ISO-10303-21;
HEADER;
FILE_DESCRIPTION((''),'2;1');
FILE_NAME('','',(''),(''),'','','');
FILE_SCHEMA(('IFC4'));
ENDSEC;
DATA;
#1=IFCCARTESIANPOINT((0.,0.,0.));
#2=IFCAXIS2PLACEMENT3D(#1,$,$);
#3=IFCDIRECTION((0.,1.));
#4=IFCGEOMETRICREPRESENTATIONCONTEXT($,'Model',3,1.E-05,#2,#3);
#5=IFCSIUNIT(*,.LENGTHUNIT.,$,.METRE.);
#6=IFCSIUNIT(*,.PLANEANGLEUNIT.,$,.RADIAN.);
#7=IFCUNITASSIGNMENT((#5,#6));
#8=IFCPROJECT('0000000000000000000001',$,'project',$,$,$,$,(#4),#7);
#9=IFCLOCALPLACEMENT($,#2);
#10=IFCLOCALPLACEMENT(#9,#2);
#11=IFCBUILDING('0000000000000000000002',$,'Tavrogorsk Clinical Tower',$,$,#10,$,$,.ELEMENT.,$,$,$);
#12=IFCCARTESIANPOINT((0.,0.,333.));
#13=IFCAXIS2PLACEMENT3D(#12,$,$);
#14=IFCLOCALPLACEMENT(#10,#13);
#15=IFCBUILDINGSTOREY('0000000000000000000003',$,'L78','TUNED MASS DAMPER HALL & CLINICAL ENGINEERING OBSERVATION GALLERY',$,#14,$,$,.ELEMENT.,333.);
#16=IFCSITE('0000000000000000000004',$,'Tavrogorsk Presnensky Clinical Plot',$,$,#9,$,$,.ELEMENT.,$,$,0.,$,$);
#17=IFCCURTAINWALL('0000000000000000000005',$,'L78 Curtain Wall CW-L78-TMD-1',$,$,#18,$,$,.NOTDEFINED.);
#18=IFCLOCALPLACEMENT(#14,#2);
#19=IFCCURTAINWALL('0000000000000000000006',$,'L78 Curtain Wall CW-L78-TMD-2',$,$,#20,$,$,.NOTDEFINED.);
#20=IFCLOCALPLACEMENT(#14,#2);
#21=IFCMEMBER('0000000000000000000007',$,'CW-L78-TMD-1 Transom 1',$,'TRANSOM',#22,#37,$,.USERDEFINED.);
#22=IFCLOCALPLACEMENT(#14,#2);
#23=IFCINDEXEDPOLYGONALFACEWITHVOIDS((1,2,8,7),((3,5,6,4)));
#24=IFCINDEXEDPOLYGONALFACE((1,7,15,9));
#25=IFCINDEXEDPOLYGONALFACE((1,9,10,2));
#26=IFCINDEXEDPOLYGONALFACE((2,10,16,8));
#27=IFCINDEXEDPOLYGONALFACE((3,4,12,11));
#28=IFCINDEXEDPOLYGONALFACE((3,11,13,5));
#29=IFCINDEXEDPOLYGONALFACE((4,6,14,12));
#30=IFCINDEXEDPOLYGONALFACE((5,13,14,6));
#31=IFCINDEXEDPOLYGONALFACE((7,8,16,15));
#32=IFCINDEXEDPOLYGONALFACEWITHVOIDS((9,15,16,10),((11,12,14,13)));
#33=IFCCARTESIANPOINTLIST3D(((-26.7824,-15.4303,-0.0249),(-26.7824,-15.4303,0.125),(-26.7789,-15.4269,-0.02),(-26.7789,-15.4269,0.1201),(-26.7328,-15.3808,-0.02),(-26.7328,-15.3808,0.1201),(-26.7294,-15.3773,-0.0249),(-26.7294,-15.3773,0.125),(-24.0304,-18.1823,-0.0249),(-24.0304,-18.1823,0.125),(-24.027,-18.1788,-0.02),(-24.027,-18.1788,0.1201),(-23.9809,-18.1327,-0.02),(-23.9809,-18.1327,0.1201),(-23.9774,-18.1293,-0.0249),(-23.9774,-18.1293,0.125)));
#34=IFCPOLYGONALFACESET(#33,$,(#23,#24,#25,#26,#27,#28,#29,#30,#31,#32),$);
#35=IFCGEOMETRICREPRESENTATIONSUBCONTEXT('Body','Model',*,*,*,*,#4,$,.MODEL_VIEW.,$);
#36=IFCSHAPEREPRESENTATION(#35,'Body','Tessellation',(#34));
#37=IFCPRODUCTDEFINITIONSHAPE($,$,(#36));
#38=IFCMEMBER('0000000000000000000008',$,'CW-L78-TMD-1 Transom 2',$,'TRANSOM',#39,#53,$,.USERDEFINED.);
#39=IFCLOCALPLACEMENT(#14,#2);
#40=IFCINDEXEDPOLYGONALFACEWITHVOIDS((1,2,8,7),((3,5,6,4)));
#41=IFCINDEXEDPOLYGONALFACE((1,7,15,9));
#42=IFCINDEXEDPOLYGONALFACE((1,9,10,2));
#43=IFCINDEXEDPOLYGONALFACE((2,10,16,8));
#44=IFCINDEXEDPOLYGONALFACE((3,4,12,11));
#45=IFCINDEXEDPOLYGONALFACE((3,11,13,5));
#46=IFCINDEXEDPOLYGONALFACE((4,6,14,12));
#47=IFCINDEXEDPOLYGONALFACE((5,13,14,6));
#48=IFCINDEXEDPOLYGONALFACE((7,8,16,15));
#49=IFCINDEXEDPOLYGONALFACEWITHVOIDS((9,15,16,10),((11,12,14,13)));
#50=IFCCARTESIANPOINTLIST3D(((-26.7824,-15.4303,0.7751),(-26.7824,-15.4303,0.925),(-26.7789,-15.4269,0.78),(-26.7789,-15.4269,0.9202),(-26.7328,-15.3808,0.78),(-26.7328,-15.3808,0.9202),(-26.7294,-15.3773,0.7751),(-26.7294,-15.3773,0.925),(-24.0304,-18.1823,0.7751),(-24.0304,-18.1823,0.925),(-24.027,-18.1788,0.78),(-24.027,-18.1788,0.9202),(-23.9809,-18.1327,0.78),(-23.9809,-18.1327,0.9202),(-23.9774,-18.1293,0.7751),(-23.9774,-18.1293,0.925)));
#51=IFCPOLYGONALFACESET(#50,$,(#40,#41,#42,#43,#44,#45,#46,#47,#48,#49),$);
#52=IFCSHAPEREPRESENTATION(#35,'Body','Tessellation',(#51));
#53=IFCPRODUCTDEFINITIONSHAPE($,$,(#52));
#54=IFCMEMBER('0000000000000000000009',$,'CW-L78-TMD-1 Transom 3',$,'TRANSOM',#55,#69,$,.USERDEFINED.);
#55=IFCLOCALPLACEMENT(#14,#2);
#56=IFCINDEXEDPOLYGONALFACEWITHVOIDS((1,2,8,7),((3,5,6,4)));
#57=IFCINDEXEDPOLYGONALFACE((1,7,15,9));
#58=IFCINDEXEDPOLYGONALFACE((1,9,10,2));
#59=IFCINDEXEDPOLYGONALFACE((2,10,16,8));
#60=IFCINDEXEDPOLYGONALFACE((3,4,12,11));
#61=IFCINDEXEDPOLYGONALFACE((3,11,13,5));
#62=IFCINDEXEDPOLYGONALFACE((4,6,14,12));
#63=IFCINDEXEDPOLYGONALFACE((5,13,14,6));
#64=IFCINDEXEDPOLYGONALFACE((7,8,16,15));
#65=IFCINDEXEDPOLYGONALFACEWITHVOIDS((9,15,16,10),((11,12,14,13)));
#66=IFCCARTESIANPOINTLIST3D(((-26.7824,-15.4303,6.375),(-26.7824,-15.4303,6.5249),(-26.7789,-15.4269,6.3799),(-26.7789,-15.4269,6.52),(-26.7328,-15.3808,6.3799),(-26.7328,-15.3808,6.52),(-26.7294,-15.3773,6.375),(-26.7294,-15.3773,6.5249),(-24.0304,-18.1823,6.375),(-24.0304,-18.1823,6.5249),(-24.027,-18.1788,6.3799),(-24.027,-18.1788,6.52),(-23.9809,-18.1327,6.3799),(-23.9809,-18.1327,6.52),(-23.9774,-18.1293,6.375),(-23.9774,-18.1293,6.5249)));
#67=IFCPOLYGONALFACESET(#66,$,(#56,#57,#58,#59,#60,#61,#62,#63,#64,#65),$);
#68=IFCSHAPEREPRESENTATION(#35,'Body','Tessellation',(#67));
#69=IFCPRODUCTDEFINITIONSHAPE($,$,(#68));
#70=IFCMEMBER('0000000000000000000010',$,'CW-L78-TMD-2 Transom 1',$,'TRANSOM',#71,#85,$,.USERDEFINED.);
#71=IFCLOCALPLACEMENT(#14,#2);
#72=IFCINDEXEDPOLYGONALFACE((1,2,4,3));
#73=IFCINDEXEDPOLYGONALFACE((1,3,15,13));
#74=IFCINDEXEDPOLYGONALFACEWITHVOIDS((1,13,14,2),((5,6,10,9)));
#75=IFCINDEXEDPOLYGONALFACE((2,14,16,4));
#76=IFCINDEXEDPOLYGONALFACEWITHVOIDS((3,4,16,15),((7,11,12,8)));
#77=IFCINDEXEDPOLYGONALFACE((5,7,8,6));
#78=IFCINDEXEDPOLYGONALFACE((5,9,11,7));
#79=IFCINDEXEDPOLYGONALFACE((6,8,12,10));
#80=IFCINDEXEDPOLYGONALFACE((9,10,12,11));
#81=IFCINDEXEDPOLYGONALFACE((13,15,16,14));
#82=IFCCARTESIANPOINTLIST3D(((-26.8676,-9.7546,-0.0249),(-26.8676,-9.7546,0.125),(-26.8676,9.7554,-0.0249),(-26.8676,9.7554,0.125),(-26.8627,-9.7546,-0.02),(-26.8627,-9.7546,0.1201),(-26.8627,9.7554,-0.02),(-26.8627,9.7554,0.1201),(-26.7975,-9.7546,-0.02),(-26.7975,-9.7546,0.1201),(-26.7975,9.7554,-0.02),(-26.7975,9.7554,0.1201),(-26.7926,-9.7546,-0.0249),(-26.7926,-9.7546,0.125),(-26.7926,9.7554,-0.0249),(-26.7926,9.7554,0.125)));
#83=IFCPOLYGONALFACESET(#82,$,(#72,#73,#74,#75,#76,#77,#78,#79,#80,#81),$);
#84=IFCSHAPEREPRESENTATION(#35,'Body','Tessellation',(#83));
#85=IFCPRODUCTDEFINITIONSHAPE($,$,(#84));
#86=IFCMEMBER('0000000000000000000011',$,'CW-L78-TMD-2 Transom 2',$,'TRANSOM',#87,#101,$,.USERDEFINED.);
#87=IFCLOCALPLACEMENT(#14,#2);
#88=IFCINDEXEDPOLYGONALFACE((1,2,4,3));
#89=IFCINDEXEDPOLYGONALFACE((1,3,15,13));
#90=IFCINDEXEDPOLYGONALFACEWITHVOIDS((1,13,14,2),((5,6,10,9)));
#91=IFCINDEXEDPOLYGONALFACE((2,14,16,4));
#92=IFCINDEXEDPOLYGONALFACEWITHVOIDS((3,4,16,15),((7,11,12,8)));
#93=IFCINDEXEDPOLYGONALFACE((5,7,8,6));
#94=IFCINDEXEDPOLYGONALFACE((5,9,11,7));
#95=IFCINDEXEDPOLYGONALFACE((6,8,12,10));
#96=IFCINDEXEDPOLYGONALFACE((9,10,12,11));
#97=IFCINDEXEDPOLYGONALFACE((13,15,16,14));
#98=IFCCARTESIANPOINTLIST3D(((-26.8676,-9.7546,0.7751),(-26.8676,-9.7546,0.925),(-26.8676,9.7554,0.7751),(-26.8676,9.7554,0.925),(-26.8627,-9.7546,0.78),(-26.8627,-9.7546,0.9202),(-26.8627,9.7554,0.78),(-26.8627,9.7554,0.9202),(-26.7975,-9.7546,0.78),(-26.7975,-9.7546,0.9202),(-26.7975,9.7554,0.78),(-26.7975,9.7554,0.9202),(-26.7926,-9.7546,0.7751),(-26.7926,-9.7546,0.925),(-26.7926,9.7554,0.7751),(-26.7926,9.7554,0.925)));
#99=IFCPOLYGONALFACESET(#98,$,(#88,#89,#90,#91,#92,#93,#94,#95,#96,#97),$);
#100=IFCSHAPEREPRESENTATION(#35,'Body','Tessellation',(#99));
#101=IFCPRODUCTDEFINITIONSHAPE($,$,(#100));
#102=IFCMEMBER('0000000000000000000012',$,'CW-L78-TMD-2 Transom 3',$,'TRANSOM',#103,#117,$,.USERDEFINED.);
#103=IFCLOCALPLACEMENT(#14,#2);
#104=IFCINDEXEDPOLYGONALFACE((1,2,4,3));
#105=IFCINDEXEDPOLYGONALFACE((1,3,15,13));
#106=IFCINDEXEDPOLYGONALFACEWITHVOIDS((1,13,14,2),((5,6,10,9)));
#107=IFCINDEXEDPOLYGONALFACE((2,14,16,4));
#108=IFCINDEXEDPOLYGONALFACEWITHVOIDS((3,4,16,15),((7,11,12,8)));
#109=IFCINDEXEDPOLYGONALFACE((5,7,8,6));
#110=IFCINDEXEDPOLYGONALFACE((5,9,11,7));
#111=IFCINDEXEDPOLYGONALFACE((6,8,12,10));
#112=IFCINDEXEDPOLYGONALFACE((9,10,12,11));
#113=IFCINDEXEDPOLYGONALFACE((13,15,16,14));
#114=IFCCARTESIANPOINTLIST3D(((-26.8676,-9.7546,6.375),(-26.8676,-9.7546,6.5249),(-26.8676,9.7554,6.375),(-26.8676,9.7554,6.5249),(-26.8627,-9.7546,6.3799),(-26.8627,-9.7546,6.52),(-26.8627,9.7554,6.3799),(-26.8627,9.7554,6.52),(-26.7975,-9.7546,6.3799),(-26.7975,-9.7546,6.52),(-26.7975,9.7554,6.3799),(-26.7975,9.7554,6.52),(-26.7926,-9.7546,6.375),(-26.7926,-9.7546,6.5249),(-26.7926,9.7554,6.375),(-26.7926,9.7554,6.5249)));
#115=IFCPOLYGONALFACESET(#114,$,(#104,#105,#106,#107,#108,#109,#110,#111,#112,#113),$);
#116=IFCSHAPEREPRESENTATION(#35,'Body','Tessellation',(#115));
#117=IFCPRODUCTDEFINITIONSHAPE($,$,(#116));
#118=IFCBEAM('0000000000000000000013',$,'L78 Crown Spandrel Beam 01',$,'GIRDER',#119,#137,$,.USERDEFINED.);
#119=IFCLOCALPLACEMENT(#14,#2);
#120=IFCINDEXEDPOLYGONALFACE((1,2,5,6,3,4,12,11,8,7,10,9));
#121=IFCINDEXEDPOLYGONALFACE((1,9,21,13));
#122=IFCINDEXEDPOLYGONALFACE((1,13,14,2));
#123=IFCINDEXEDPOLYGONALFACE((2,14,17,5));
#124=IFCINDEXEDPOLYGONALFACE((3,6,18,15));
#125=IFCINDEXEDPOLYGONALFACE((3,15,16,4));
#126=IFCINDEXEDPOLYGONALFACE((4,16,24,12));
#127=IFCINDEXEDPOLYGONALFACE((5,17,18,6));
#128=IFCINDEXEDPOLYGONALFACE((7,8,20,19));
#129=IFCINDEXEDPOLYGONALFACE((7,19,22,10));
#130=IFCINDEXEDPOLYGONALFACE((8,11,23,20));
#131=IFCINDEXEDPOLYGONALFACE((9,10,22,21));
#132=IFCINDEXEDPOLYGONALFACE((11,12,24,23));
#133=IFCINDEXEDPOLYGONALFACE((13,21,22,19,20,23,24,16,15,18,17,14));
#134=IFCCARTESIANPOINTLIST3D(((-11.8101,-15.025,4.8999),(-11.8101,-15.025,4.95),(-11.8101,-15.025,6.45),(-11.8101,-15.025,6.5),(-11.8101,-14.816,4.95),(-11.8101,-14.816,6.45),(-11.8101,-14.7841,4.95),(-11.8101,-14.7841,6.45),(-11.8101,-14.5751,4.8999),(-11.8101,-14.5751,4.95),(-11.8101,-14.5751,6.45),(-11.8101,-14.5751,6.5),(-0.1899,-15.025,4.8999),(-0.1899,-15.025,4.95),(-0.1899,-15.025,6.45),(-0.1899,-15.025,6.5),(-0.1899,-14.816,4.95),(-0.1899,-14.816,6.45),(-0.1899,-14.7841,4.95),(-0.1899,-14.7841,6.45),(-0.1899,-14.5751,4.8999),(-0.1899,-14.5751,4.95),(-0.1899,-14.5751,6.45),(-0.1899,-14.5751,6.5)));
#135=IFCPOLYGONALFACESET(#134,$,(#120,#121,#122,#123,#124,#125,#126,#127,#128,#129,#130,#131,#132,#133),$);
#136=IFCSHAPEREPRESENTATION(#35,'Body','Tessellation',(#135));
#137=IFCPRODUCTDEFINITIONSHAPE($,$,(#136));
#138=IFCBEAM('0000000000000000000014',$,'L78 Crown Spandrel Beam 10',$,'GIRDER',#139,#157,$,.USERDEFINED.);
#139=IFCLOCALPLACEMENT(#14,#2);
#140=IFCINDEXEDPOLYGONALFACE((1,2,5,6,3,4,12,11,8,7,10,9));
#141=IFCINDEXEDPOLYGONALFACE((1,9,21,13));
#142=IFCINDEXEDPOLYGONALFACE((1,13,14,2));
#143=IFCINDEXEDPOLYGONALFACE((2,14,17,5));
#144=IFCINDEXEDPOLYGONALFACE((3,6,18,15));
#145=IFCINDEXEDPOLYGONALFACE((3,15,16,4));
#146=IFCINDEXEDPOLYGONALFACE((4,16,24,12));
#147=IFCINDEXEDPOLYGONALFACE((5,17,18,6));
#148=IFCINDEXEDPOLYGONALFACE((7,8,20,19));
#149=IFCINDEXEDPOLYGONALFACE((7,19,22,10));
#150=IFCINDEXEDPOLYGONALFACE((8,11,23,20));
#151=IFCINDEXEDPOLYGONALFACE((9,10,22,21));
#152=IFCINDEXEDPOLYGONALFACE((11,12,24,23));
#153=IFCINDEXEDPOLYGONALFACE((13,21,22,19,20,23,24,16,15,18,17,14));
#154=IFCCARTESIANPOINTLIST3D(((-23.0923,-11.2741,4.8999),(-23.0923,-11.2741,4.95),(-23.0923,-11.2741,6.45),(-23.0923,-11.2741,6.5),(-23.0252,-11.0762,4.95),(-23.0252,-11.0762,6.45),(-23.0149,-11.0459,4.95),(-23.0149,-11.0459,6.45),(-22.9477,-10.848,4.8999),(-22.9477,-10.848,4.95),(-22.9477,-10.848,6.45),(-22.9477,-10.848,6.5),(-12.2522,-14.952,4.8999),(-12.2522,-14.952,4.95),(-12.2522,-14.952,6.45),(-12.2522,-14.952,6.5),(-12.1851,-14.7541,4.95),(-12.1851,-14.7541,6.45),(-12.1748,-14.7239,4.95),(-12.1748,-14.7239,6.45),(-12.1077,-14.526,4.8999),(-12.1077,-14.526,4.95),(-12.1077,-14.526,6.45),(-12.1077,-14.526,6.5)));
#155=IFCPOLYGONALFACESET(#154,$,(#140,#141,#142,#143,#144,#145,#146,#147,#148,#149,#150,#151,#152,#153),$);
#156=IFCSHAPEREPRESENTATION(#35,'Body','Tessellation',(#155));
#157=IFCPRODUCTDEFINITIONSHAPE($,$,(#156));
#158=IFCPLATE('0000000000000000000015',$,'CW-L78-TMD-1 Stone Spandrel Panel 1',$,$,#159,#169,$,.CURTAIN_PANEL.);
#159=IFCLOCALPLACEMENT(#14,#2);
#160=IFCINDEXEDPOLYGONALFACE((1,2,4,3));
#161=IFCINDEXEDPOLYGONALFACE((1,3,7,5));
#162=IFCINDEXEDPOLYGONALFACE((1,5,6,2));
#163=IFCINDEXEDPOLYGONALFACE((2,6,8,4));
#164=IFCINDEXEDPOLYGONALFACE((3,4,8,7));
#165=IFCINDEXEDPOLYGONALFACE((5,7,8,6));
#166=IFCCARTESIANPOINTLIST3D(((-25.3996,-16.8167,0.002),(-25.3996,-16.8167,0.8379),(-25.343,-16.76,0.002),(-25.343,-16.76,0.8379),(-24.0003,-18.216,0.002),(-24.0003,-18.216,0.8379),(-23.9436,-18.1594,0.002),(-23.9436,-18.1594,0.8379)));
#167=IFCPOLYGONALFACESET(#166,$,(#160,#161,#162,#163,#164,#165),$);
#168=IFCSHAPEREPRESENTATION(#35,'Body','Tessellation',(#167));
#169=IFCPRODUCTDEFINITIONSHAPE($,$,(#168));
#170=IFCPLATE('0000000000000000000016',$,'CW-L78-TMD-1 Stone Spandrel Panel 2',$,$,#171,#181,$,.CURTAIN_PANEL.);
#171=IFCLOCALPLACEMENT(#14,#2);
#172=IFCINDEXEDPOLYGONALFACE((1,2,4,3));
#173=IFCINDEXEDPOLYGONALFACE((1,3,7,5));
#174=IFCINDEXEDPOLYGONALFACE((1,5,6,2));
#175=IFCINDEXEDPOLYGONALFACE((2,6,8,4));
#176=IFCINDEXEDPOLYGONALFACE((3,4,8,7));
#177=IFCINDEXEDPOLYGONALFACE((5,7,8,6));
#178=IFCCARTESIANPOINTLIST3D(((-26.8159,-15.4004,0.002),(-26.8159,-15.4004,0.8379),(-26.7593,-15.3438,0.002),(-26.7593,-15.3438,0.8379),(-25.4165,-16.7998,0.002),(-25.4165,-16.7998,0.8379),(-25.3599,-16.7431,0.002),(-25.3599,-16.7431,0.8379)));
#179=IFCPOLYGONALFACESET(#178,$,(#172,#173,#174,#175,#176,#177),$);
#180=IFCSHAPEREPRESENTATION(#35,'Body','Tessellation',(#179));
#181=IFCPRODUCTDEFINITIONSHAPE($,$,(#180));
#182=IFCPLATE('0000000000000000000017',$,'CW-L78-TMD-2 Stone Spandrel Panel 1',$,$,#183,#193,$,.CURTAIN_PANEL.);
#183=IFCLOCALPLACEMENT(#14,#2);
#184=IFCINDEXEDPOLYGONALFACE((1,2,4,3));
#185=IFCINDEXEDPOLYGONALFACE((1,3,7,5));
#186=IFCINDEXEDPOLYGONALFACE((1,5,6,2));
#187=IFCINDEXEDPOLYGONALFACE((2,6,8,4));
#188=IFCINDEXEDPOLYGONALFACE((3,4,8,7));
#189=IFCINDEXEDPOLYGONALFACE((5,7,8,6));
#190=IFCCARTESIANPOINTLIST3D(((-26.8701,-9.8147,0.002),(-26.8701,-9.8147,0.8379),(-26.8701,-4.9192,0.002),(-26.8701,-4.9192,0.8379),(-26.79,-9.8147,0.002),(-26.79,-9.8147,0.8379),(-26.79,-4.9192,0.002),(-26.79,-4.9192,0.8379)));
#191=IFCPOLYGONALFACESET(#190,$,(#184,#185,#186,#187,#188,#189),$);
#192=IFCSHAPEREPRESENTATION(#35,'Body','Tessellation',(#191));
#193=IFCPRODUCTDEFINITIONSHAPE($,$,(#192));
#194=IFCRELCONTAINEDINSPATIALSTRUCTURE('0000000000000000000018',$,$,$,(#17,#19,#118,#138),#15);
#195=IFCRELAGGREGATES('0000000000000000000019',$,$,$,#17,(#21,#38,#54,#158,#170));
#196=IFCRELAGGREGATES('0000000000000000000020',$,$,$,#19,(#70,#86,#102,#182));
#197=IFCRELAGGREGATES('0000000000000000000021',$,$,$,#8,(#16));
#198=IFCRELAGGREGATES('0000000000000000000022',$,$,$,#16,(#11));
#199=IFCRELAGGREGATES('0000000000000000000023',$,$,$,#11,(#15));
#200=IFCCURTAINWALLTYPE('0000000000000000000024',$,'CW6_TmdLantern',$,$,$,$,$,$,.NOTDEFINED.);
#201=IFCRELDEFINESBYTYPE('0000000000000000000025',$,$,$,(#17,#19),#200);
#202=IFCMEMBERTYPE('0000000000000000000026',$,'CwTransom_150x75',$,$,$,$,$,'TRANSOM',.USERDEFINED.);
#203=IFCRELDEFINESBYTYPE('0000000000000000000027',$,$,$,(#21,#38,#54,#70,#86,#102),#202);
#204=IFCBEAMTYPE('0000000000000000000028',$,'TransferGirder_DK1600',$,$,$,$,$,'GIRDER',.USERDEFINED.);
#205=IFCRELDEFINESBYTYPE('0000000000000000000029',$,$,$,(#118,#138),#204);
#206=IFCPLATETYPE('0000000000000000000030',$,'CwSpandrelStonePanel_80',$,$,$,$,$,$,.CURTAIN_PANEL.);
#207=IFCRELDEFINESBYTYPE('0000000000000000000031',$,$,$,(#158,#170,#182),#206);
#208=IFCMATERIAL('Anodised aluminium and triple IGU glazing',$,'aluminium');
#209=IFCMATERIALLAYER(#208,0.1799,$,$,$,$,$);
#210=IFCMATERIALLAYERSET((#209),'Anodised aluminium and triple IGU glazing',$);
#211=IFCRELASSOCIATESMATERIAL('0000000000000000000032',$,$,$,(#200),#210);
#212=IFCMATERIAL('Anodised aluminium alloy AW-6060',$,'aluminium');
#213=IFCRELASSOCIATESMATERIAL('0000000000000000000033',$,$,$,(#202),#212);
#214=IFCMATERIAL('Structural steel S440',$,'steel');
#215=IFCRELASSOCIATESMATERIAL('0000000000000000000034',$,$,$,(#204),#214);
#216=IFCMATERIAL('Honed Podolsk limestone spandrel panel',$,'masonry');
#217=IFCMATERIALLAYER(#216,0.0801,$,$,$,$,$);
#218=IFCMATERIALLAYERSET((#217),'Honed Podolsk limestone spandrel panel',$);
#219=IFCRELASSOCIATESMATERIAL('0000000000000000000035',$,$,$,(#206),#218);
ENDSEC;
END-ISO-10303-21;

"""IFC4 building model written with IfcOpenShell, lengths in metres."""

from ifc_helpers import new_model, si_unit, direction, frame, origin, origin_2d, place, context, subcontext, project, spatial, rectangle, hollow_rectangle, i_section, extrude, material, layer, layer_set, material_profile, profile_set, type_object, element, aggregate, save


model = new_model("IFC4")

# Units and contexts
model_context = context("Model", 3, precision=1e-05, world=origin(), true_north=direction((0.0, 1.0)))
body_context = subcontext(model_context, "Body", "Model", "MODEL_VIEW")
ifc_project = project(units=[si_unit("LENGTHUNIT", "METRE"), si_unit("PLANEANGLEUNIT", "RADIAN")], contexts=[model_context])

# Site, building, storey
site_placement = place(None, origin())
site = spatial("IfcSite", under=ifc_project, at=site_placement, Name="Tavrogorsk Presnensky Clinical Plot", CompositionType="ELEMENT", RefElevation=0.0)
building_placement = place(site_placement, origin())
building = spatial("IfcBuilding", under=site, at=building_placement, Name="Tavrogorsk Clinical Tower", CompositionType="ELEMENT")
storey_placement = place(building_placement, frame((0.0, 0.0, 333.0)))
storey = spatial("IfcBuildingStorey", under=building, at=storey_placement, Name="L78", Description="TUNED MASS DAMPER HALL & CLINICAL ENGINEERING OBSERVATION GALLERY", CompositionType="ELEMENT", Elevation=333.0)

# Curtain wall
ifc_material_1 = material(Name="Anodised aluminium and triple IGU glazing", Category="aluminium")
ifc_layer_1 = layer(ifc_material_1, 0.1799)
ifc_layer_set_1 = layer_set([ifc_layer_1], Name="Anodised aluminium and triple IGU glazing")
curtain_wall_type = type_object("IfcCurtainWallType", Name="CW6_TmdLantern", PredefinedType="NOTDEFINED", material=ifc_layer_set_1)
curtain_wall_1_placement = place(storey_placement, origin())
curtain_wall_1 = element("IfcCurtainWall", 1, at=curtain_wall_1_placement, inside=storey, type_object=curtain_wall_type, Name="L78 Curtain Wall CW-L78-TMD-1", PredefinedType="NOTDEFINED")

# Curtain wall
curtain_wall_2_placement = place(storey_placement, origin())
curtain_wall_2 = element("IfcCurtainWall", 2, at=curtain_wall_2_placement, inside=storey, type_object=curtain_wall_type, Name="L78 Curtain Wall CW-L78-TMD-2", PredefinedType="NOTDEFINED")

# Members
ifc_material_2 = material(Name="Anodised aluminium alloy AW-6060", Category="aluminium")
ifc_material_profile_1 = material_profile(ifc_material_2, hollow_rectangle(XDim=0.075, YDim=0.1499, WallThickness=0.0049, at=origin_2d()), Name="RHS-150x75x5")
ifc_profile_set_1 = profile_set([ifc_material_profile_1], Name="Anodised aluminium alloy AW-6060")
member_type_1 = type_object("IfcMemberType", Name="CwTransom_150x75", ElementType="TRANSOM", PredefinedType="USERDEFINED", material=ifc_profile_set_1)
member_1_placement = place(storey_placement, frame((-24.0039, -18.1558, 0.05), z_axis=(-0.707107, 0.707107, 0.0), x_axis=(-0.707107, -0.707107, 0.0)))
member_1 = element("IfcMember", 3, at=member_1_placement, type_object=member_type_1, Name="CW-L78-TMD-1 Transom 1", ObjectType="TRANSOM", PredefinedType="USERDEFINED", context=body_context, shape_type="SweptSolid", body=[
    extrude(hollow_rectangle(XDim=0.075, YDim=0.1499, WallThickness=0.0049, at=origin_2d()), origin(), (0.0, 0.0, 1.0), 3.8918),
])
member_2_placement = place(storey_placement, frame((-24.0039, -18.1558, 0.8501), z_axis=(-0.707107, 0.707107, 0.0), x_axis=(-0.707107, -0.707107, 0.0)))
member_2 = element("IfcMember", 4, at=member_2_placement, type_object=member_type_1, Name="CW-L78-TMD-1 Transom 2", ObjectType="TRANSOM", PredefinedType="USERDEFINED", context=body_context, shape_type="SweptSolid", body=[
    extrude(hollow_rectangle(XDim=0.075, YDim=0.1499, WallThickness=0.0049, at=origin_2d()), origin(), (0.0, 0.0, 1.0), 3.8918),
])
member_3_placement = place(storey_placement, frame((-24.0039, -18.1558, 6.45), z_axis=(-0.707107, 0.707107, 0.0), x_axis=(-0.707107, -0.707107, 0.0)))
member_3 = element("IfcMember", 5, at=member_3_placement, type_object=member_type_1, Name="CW-L78-TMD-1 Transom 3", ObjectType="TRANSOM", PredefinedType="USERDEFINED", context=body_context, shape_type="SweptSolid", body=[
    extrude(hollow_rectangle(XDim=0.075, YDim=0.1499, WallThickness=0.0049, at=origin_2d()), origin(), (0.0, 0.0, 1.0), 3.8918),
])
member_4_placement = place(storey_placement, frame((-26.8301, -9.7546, 0.05), z_axis=(0.0, 1.0, 0.0), x_axis=(-1.0, 0.0, 0.0)))
member_4 = element("IfcMember", 6, at=member_4_placement, type_object=member_type_1, Name="CW-L78-TMD-2 Transom 1", ObjectType="TRANSOM", PredefinedType="USERDEFINED", context=body_context, shape_type="SweptSolid", body=[
    extrude(hollow_rectangle(XDim=0.075, YDim=0.1499, WallThickness=0.0049, at=origin_2d()), origin(), (0.0, 0.0, 1.0), 19.51),
])
member_5_placement = place(storey_placement, frame((-26.8301, -9.7546, 0.8501), z_axis=(0.0, 1.0, 0.0), x_axis=(-1.0, 0.0, 0.0)))
member_5 = element("IfcMember", 7, at=member_5_placement, type_object=member_type_1, Name="CW-L78-TMD-2 Transom 2", ObjectType="TRANSOM", PredefinedType="USERDEFINED", context=body_context, shape_type="SweptSolid", body=[
    extrude(hollow_rectangle(XDim=0.075, YDim=0.1499, WallThickness=0.0049, at=origin_2d()), origin(), (0.0, 0.0, 1.0), 19.51),
])
member_6_placement = place(storey_placement, frame((-26.8301, -9.7546, 6.45), z_axis=(0.0, 1.0, 0.0), x_axis=(-1.0, 0.0, 0.0)))
member_6 = element("IfcMember", 8, at=member_6_placement, type_object=member_type_1, Name="CW-L78-TMD-2 Transom 3", ObjectType="TRANSOM", PredefinedType="USERDEFINED", context=body_context, shape_type="SweptSolid", body=[
    extrude(hollow_rectangle(XDim=0.075, YDim=0.1499, WallThickness=0.0049, at=origin_2d()), origin(), (0.0, 0.0, 1.0), 19.51),
])

# Beams
ifc_material_3 = material(Name="Structural steel S440", Category="steel")
ifc_material_profile_2 = material_profile(ifc_material_3, i_section(OverallWidth=0.45, OverallDepth=1.6001, WebThickness=0.032, FlangeThickness=0.05, at=origin_2d()), Name="DK-1600x450x32x50")
ifc_profile_set_2 = profile_set([ifc_material_profile_2], Name="Structural steel S440")
beam_type = type_object("IfcBeamType", Name="TransferGirder_DK1600", ElementType="GIRDER", PredefinedType="USERDEFINED", material=ifc_profile_set_2)
beam_1_placement = place(storey_placement, frame((-11.8101, -14.8, 5.7), z_axis=(1.0, 0.0, 0.0), x_axis=(0.0, 1.0, 0.0)))
element("IfcBeam", 9, at=beam_1_placement, inside=storey, type_object=beam_type, Name="L78 Crown Spandrel Beam 01", ObjectType="GIRDER", PredefinedType="USERDEFINED", context=body_context, shape_type="SweptSolid", body=[
    extrude(i_section(OverallWidth=0.45, OverallDepth=1.6001, WebThickness=0.032, FlangeThickness=0.05, at=origin_2d()), origin(), (0.0, 0.0, 1.0), 11.6201),
])
beam_2_placement = place(storey_placement, frame((-23.02, -11.061, 5.7), z_axis=(0.946976, -0.321304, 0.0), x_axis=(0.321304, 0.946976, 0.0)))
element("IfcBeam", 10, at=beam_2_placement, inside=storey, type_object=beam_type, Name="L78 Crown Spandrel Beam 10", ObjectType="GIRDER", PredefinedType="USERDEFINED", context=body_context, shape_type="SweptSolid", body=[
    extrude(i_section(OverallWidth=0.45, OverallDepth=1.6001, WebThickness=0.032, FlangeThickness=0.05, at=origin_2d()), origin(), (0.0, 0.0, 1.0), 11.447),
])

# Plates
ifc_material_4 = material(Name="Honed Podolsk limestone spandrel panel", Category="masonry")
ifc_layer_2 = layer(ifc_material_4, 0.0801)
ifc_layer_set_2 = layer_set([ifc_layer_2], Name="Honed Podolsk limestone spandrel panel")
plate_type_1 = type_object("IfcPlateType", Name="CwSpandrelStonePanel_80", PredefinedType="CURTAIN_PANEL", material=ifc_layer_set_2)
plate_1_placement = place(storey_placement, frame((-24.6716, -17.488, 0.002), z_axis=(0.0, 0.0, 1.0), x_axis=(-0.707107, 0.707107, 0.0)))
plate_1 = element("IfcPlate", 11, at=plate_1_placement, type_object=plate_type_1, Name="CW-L78-TMD-1 Stone Spandrel Panel 1", PredefinedType="CURTAIN_PANEL", context=body_context, shape_type="SweptSolid", body=[
    extrude(rectangle(XDim=1.979, YDim=0.0801, at=origin_2d()), origin(), (0.0, 0.0, 1.0), 0.8359),
])
plate_2_placement = place(storey_placement, frame((-26.0879, -16.0718, 0.002), z_axis=(0.0, 0.0, 1.0), x_axis=(-0.707107, 0.707107, 0.0)))
plate_2 = element("IfcPlate", 12, at=plate_2_placement, type_object=plate_type_1, Name="CW-L78-TMD-1 Stone Spandrel Panel 2", PredefinedType="CURTAIN_PANEL", context=body_context, shape_type="SweptSolid", body=[
    extrude(rectangle(XDim=1.979, YDim=0.0801, at=origin_2d()), origin(), (0.0, 0.0, 1.0), 0.8359),
])
plate_3_placement = place(storey_placement, frame((-26.8301, -7.3669, 0.002), z_axis=(0.0, 0.0, 1.0), x_axis=(0.0, 1.0, 0.0)))
plate_3 = element("IfcPlate", 13, at=plate_3_placement, type_object=plate_type_1, Name="CW-L78-TMD-2 Stone Spandrel Panel 1", PredefinedType="CURTAIN_PANEL", context=body_context, shape_type="SweptSolid", body=[
    extrude(rectangle(XDim=4.8955, YDim=0.0801, at=origin_2d()), origin(), (0.0, 0.0, 1.0), 0.8359),
])
aggregate(curtain_wall_1, [member_1, member_2, member_3, plate_1, plate_2])
aggregate(curtain_wall_2, [member_4, member_5, member_6, plate_3])

save(model, "model.ifc")
